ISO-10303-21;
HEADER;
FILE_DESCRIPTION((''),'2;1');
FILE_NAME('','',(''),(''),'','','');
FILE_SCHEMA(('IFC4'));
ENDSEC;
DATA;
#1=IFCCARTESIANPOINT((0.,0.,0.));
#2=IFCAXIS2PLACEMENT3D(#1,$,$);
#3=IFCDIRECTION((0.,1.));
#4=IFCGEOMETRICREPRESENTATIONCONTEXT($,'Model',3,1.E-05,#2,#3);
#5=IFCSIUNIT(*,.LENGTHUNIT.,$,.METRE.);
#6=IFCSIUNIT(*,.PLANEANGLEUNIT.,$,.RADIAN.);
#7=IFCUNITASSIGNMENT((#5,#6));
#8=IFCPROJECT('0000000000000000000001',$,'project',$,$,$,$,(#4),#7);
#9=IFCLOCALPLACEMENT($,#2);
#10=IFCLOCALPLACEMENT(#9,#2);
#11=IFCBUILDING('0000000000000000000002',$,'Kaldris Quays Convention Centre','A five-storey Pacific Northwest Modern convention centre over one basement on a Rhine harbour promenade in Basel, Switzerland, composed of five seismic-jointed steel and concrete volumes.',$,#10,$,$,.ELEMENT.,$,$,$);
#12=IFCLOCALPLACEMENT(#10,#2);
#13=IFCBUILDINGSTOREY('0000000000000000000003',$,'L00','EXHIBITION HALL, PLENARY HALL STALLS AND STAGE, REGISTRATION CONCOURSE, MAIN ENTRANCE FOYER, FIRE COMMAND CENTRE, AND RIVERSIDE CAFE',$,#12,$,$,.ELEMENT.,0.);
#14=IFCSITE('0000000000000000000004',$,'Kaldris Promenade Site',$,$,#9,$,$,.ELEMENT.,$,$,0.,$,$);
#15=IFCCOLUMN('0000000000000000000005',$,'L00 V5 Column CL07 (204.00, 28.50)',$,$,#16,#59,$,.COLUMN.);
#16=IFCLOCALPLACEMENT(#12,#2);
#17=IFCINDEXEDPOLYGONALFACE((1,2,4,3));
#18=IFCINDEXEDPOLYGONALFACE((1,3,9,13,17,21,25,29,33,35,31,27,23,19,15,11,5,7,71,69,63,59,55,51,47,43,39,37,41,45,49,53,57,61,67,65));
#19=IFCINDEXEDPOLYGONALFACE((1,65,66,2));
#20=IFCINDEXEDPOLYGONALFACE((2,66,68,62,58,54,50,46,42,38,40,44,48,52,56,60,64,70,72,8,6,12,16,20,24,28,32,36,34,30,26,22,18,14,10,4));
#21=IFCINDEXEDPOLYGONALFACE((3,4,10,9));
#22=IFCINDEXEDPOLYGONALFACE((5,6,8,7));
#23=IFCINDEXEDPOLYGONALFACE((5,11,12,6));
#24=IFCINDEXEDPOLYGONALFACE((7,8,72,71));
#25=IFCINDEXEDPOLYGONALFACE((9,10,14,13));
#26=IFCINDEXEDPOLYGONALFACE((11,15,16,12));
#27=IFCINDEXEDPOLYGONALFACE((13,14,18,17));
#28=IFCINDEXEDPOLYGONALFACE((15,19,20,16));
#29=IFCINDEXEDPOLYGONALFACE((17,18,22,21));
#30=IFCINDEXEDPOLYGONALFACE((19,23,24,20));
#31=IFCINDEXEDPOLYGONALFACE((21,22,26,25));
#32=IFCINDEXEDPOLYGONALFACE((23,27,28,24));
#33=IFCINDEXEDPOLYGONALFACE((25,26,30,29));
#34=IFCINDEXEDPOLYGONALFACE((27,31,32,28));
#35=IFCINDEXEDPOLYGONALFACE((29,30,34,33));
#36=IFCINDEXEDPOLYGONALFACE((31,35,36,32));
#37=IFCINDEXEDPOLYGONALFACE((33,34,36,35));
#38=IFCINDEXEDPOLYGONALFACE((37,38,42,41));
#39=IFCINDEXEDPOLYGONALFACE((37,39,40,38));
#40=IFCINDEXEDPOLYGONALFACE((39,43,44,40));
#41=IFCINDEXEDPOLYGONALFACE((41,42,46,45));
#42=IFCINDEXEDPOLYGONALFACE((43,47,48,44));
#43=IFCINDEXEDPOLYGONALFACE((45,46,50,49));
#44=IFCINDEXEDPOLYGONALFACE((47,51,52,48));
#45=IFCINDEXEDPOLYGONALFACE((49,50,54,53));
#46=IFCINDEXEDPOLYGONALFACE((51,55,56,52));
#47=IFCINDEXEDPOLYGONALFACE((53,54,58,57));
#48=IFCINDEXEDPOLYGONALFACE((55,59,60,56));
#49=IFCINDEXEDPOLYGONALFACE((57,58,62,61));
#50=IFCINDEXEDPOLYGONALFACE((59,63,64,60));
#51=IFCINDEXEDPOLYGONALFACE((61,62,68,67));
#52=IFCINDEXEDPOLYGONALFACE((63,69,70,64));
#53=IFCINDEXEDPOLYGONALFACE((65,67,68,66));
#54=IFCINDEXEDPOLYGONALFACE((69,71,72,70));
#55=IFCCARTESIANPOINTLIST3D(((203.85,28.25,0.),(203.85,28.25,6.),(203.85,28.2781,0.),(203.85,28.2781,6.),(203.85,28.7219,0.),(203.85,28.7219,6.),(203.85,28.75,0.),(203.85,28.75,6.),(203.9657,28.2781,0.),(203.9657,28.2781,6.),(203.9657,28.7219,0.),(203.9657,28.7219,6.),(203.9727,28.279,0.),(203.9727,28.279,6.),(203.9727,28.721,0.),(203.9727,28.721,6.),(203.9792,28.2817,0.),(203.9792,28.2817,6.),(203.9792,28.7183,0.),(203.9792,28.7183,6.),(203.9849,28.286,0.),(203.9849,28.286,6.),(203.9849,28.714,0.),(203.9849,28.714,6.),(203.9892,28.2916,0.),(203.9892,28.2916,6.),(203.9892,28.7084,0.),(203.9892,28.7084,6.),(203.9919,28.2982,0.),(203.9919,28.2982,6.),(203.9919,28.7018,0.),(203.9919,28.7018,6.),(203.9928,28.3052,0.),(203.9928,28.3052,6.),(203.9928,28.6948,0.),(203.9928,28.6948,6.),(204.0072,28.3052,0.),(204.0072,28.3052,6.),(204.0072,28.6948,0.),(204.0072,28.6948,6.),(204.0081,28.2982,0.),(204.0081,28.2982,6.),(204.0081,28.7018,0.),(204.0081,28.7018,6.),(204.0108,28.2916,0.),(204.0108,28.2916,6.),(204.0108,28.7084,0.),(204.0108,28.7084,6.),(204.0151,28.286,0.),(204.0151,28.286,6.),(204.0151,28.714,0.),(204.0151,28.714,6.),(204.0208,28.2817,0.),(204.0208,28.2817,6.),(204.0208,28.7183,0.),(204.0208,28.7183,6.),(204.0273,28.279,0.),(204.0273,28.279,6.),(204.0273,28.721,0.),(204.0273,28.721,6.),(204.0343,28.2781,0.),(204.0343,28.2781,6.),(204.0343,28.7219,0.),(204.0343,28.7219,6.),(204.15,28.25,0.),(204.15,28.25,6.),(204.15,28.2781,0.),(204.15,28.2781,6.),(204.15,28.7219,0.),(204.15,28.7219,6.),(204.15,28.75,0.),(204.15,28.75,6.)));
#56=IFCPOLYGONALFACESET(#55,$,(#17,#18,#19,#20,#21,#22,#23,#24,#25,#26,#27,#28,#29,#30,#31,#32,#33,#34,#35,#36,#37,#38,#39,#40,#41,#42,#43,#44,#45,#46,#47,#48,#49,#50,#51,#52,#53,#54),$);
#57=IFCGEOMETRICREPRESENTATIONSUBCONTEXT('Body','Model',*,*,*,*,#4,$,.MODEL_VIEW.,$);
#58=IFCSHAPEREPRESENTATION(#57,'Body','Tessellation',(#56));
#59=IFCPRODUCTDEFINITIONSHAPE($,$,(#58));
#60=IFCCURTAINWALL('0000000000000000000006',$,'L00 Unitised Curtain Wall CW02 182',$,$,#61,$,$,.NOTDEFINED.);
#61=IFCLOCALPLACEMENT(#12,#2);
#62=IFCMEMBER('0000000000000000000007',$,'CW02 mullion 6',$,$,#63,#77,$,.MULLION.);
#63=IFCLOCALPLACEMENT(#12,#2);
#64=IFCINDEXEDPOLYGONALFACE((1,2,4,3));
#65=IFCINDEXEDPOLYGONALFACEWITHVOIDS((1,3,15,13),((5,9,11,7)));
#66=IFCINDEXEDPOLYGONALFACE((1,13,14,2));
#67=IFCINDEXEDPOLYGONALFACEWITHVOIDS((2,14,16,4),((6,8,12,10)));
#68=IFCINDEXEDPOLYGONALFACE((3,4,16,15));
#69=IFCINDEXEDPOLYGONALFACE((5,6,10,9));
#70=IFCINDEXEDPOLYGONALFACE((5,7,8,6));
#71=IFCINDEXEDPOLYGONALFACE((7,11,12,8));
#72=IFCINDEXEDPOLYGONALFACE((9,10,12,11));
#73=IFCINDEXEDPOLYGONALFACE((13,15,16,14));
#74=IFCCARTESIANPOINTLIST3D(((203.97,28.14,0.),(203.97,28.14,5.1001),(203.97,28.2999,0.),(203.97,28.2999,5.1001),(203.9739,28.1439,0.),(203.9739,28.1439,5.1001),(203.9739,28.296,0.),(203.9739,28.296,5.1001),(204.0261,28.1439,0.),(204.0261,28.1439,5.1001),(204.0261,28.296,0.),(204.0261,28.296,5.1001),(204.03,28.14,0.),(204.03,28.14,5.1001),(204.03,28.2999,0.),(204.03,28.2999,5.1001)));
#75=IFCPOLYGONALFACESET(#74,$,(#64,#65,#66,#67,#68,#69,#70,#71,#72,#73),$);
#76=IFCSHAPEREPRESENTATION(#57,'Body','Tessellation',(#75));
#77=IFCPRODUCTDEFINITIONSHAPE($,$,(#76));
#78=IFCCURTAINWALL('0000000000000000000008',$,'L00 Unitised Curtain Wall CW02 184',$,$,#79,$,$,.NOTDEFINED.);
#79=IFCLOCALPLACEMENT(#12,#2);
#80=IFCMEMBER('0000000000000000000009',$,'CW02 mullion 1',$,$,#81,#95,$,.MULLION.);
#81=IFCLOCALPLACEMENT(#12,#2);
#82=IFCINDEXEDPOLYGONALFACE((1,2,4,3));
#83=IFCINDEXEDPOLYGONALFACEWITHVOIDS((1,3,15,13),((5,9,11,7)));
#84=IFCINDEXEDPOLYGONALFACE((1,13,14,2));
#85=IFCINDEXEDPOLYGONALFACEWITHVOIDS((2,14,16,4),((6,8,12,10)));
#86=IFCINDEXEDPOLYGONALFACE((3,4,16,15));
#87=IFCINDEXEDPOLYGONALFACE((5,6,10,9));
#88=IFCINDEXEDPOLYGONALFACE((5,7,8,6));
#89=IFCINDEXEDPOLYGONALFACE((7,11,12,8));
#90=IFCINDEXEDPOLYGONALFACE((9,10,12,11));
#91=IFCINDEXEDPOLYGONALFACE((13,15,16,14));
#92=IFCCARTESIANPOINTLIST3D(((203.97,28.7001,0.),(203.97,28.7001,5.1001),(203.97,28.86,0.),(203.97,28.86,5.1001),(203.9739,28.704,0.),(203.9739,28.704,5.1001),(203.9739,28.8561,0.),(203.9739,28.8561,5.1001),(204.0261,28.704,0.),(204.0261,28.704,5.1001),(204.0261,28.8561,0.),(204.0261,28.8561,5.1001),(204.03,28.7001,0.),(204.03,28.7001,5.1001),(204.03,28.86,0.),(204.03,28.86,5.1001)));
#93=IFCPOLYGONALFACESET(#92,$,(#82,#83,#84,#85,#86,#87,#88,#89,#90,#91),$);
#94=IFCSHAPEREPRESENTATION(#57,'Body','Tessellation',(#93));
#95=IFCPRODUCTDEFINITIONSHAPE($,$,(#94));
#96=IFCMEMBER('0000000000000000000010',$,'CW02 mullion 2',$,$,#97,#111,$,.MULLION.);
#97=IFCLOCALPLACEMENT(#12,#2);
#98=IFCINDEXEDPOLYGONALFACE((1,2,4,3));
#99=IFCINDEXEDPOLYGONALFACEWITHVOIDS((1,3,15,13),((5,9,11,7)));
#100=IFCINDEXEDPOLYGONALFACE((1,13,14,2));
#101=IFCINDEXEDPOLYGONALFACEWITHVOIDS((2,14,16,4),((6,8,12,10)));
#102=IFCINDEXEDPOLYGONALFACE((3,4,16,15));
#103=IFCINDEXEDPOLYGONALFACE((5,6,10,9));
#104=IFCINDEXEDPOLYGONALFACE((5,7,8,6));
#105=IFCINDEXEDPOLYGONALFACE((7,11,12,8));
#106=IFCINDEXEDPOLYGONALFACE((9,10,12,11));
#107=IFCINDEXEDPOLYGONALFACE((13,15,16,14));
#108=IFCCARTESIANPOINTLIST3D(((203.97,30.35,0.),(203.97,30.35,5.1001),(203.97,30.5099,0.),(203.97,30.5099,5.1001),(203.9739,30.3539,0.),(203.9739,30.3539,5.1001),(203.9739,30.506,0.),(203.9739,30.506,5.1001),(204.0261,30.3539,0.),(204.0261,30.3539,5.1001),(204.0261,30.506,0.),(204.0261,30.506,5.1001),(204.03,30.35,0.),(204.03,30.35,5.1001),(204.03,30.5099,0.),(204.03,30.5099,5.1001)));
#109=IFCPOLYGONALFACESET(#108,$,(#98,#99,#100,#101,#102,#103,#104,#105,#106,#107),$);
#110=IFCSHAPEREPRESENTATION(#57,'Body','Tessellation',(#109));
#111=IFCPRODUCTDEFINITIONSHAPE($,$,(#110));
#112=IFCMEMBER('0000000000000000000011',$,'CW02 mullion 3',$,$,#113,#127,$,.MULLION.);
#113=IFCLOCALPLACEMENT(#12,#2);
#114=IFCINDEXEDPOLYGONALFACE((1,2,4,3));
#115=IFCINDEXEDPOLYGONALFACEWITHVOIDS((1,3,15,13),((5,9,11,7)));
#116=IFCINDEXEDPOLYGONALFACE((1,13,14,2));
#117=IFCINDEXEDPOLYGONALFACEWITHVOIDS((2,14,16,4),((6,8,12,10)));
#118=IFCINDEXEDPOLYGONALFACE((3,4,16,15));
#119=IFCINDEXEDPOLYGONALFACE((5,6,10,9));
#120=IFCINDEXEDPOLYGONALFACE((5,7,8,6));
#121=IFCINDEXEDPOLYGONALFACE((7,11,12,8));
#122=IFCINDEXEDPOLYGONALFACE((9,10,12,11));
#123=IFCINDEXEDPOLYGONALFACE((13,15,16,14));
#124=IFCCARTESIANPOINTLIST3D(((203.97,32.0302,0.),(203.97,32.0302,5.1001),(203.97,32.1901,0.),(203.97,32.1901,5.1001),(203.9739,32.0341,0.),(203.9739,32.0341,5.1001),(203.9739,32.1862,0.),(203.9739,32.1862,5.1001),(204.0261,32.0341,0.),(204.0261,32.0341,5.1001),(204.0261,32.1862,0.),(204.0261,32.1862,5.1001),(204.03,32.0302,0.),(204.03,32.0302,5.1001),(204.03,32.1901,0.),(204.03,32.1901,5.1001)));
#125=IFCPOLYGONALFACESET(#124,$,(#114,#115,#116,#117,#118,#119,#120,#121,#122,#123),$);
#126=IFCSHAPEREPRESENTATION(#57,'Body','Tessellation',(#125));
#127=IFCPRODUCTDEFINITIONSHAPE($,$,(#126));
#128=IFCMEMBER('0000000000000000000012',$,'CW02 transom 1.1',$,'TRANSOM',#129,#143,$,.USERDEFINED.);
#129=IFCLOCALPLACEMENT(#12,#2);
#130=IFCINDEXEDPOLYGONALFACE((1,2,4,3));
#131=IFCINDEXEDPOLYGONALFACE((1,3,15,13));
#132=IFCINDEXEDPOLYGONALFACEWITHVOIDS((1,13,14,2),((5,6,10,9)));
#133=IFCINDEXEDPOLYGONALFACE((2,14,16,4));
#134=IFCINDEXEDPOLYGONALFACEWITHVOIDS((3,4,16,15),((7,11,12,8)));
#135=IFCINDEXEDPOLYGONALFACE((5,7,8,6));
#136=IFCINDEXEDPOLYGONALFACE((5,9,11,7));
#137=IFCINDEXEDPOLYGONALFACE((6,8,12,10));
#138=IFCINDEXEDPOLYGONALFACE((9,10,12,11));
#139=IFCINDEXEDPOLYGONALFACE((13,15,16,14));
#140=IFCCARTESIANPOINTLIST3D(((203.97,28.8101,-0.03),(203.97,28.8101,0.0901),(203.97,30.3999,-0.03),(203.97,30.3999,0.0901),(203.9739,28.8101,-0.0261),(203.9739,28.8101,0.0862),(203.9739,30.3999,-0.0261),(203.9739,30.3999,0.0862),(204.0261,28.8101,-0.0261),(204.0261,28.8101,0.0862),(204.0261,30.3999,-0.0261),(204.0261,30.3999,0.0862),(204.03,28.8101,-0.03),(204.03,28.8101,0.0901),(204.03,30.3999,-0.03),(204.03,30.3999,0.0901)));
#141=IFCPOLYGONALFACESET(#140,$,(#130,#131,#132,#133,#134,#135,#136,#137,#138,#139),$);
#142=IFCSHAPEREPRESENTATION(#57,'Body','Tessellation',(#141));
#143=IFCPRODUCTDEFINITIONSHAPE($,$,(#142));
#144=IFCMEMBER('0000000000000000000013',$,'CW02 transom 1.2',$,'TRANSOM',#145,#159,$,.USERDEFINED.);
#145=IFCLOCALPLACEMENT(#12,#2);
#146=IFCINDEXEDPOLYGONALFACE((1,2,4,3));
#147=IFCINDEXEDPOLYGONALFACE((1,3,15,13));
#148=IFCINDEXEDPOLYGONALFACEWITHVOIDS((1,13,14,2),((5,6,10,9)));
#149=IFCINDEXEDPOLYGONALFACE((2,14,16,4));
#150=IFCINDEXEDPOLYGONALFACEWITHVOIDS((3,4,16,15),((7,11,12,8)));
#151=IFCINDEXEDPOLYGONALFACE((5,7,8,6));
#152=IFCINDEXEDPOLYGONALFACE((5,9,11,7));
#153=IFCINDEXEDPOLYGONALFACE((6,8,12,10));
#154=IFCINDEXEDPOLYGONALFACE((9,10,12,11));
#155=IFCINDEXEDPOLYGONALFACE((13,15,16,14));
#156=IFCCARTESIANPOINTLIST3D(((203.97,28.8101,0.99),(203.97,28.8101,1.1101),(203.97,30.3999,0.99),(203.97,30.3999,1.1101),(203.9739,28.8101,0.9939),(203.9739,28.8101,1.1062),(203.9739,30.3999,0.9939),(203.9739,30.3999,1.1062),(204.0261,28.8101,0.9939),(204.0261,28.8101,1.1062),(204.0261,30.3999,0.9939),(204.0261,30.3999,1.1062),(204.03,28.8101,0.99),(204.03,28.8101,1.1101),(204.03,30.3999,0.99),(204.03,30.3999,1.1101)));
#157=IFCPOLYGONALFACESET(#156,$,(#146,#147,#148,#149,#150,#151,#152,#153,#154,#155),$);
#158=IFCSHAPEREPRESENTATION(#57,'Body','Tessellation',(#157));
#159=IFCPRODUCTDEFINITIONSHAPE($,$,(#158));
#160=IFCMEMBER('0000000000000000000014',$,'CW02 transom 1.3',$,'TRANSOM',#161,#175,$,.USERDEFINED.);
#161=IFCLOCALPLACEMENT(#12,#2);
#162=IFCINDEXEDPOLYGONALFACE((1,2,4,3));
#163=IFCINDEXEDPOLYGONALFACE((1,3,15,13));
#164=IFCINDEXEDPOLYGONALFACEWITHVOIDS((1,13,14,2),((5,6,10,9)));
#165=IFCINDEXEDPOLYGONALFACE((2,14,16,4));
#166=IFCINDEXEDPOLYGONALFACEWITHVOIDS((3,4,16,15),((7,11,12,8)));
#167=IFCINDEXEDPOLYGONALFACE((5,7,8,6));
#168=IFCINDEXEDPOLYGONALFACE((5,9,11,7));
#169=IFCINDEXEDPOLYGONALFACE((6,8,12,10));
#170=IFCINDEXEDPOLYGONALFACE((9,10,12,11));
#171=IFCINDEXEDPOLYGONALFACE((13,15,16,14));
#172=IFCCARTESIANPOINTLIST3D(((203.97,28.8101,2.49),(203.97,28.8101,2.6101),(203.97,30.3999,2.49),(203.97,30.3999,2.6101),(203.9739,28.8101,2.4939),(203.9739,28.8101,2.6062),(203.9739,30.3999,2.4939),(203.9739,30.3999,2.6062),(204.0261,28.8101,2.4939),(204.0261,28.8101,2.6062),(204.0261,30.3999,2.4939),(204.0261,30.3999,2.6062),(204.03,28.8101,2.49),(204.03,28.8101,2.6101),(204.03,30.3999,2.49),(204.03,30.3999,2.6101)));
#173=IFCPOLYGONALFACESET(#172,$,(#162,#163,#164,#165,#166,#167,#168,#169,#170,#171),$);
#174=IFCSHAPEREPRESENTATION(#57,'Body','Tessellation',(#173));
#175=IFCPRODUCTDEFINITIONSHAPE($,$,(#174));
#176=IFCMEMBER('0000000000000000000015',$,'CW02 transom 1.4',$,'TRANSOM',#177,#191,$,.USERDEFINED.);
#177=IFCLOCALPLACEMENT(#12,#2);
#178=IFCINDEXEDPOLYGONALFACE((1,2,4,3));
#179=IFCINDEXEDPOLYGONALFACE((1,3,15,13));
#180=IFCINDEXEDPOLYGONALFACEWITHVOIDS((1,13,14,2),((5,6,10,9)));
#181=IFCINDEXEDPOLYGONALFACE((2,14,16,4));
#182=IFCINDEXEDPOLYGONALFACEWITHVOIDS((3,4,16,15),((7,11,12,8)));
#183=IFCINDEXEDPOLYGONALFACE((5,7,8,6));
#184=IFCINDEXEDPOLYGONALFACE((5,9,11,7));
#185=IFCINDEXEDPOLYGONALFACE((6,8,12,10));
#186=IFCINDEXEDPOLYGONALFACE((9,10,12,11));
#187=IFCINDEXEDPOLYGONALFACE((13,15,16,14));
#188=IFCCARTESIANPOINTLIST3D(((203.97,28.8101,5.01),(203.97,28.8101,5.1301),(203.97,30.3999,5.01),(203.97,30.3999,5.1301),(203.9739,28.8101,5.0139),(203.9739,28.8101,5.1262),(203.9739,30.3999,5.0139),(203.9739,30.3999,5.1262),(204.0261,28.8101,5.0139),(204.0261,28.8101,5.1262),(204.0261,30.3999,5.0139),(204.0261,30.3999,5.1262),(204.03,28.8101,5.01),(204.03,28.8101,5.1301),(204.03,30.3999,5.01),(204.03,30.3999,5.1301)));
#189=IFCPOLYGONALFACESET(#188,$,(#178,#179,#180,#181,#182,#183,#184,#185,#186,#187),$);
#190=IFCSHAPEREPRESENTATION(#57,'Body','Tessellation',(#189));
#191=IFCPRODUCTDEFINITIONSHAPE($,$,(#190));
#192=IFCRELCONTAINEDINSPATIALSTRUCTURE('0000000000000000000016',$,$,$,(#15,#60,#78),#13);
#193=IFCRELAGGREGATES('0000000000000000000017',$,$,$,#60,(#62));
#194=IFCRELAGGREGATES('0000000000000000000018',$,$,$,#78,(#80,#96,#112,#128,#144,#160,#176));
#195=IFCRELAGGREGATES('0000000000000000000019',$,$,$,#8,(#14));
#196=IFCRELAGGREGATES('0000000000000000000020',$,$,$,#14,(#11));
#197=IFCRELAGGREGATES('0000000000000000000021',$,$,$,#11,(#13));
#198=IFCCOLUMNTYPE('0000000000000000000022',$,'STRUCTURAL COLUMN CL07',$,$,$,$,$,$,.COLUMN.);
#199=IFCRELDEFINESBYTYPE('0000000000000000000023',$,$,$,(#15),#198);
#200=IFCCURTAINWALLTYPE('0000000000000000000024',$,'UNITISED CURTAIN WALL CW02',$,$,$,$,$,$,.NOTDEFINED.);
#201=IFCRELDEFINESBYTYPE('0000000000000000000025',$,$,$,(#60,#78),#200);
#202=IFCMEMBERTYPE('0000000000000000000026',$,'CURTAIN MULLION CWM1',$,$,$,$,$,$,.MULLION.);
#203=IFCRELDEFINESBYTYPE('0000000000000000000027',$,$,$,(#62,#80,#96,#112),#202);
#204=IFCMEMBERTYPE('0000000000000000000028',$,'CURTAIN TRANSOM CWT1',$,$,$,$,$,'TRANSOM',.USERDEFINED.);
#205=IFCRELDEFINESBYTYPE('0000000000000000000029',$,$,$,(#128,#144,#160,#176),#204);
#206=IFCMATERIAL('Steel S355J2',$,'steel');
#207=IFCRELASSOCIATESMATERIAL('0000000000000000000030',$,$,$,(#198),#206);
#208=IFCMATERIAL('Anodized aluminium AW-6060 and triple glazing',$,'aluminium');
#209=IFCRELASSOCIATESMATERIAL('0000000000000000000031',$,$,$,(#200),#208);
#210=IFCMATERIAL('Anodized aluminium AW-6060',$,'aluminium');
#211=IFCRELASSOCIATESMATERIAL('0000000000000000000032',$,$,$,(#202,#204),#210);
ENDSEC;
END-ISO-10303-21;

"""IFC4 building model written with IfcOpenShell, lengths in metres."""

from ifc_helpers import new_model, si_unit, direction, frame, origin, origin_2d, place, context, subcontext, project, spatial, hollow_rectangle, i_section, extrude, material, material_profile, profile_set, type_object, element, aggregate, save


model = new_model("IFC4")

# Units and contexts
model_context = context("Model", 3, precision=1e-05, world=origin(), true_north=direction((0.0, 1.0)))
body_context = subcontext(model_context, "Body", "Model", "MODEL_VIEW")
ifc_project = project(units=[si_unit("LENGTHUNIT", "METRE"), si_unit("PLANEANGLEUNIT", "RADIAN")], contexts=[model_context])

# Site, building, storey
site_placement = place(None, origin())
site = spatial("IfcSite", under=ifc_project, at=site_placement, Name="Kaldris Promenade Site", CompositionType="ELEMENT", RefElevation=0.0)
building_placement = place(site_placement, origin())
building = spatial("IfcBuilding", under=site, at=building_placement, Name="Kaldris Quays Convention Centre", Description="A five-storey Pacific Northwest Modern convention centre over one basement on a Rhine harbour promenade in Basel, Switzerland, composed of five seismic-jointed steel and concrete volumes.", CompositionType="ELEMENT")
storey_placement = place(building_placement, origin())
storey = spatial("IfcBuildingStorey", under=building, at=storey_placement, Name="L00", Description="EXHIBITION HALL, PLENARY HALL STALLS AND STAGE, REGISTRATION CONCOURSE, MAIN ENTRANCE FOYER, FIRE COMMAND CENTRE, AND RIVERSIDE CAFE", CompositionType="ELEMENT", Elevation=0.0)

# Column
ifc_material_1 = material(Name="Steel S355J2", Category="steel")
ifc_material_profile_1 = material_profile(ifc_material_1, i_section(OverallWidth=0.3, OverallDepth=0.5, WebThickness=0.0144, FlangeThickness=0.0281, FilletRadius=0.0271, at=origin_2d()), Name="HEB 500")
ifc_profile_set_1 = profile_set([ifc_material_profile_1], Name="Steel S355J2")
column_type = type_object("IfcColumnType", Name="STRUCTURAL COLUMN CL07", PredefinedType="COLUMN", material=ifc_profile_set_1)
column_placement = place(storey_placement, frame((204.0, 28.5, 0.0), z_axis=(0.0, 0.0, 1.0), x_axis=(1.0, 0.0, 0.0)))
element("IfcColumn", 1, at=column_placement, inside=storey, type_object=column_type, Name="L00 V5 Column CL07 (204.00, 28.50)", PredefinedType="COLUMN", context=body_context, shape_type="SweptSolid", body=[
    extrude(i_section(OverallWidth=0.3, OverallDepth=0.5, WebThickness=0.0144, FlangeThickness=0.0281, FilletRadius=0.0271, at=origin_2d()), origin(), (0.0, 0.0, 1.0), 6.0),
])

# Curtain wall, member
ifc_material_2 = material(Name="Anodized aluminium AW-6060 and triple glazing", Category="aluminium")
curtain_wall_type = type_object("IfcCurtainWallType", Name="UNITISED CURTAIN WALL CW02", PredefinedType="NOTDEFINED", material=ifc_material_2)
curtain_wall_1_placement = place(storey_placement, origin())
curtain_wall_1 = element("IfcCurtainWall", 2, at=curtain_wall_1_placement, inside=storey, type_object=curtain_wall_type, Name="L00 Unitised Curtain Wall CW02 182", PredefinedType="NOTDEFINED")
ifc_material_3 = material(Name="Anodized aluminium AW-6060", Category="aluminium")
ifc_material_profile_2 = material_profile(ifc_material_3, hollow_rectangle(XDim=0.0601, YDim=0.1599, WallThickness=0.0039, at=origin_2d()), Name="RHS 160x60x4")
ifc_profile_set_2 = profile_set([ifc_material_profile_2], Name="Anodized aluminium AW-6060")
member_type_1 = type_object("IfcMemberType", Name="CURTAIN MULLION CWM1", PredefinedType="MULLION", material=ifc_profile_set_2)
member_1_placement = place(storey_placement, frame((204.0, 28.22, 0.0), z_axis=(0.0, 0.0, 1.0), x_axis=(-1.0, 0.0, 0.0)))
member_1 = element("IfcMember", 3, at=member_1_placement, type_object=member_type_1, Name="CW02 mullion 6", PredefinedType="MULLION", context=body_context, shape_type="SweptSolid", body=[
    extrude(hollow_rectangle(XDim=0.0601, YDim=0.1599, WallThickness=0.0039, at=origin_2d()), origin(), (0.0, 0.0, 1.0), 5.1001),
])

# Curtain wall, members
curtain_wall_2_placement = place(storey_placement, origin())
curtain_wall_2 = element("IfcCurtainWall", 4, at=curtain_wall_2_placement, inside=storey, type_object=curtain_wall_type, Name="L00 Unitised Curtain Wall CW02 184", PredefinedType="NOTDEFINED")
member_2_placement = place(storey_placement, frame((204.0, 28.78, 0.0), z_axis=(0.0, 0.0, 1.0), x_axis=(-1.0, 0.0, 0.0)))
member_2 = element("IfcMember", 5, at=member_2_placement, type_object=member_type_1, Name="CW02 mullion 1", PredefinedType="MULLION", context=body_context, shape_type="SweptSolid", body=[
    extrude(hollow_rectangle(XDim=0.0601, YDim=0.1599, WallThickness=0.0039, at=origin_2d()), origin(), (0.0, 0.0, 1.0), 5.1001),
])
member_3_placement = place(storey_placement, frame((204.0, 30.4299, 0.0), z_axis=(0.0, 0.0, 1.0), x_axis=(-1.0, 0.0, 0.0)))
member_3 = element("IfcMember", 6, at=member_3_placement, type_object=member_type_1, Name="CW02 mullion 2", PredefinedType="MULLION", context=body_context, shape_type="SweptSolid", body=[
    extrude(hollow_rectangle(XDim=0.0601, YDim=0.1599, WallThickness=0.0039, at=origin_2d()), origin(), (0.0, 0.0, 1.0), 5.1001),
])
member_4_placement = place(storey_placement, frame((204.0, 32.1101, 0.0), z_axis=(0.0, 0.0, 1.0), x_axis=(-1.0, 0.0, 0.0)))
member_4 = element("IfcMember", 7, at=member_4_placement, type_object=member_type_1, Name="CW02 mullion 3", PredefinedType="MULLION", context=body_context, shape_type="SweptSolid", body=[
    extrude(hollow_rectangle(XDim=0.0601, YDim=0.1599, WallThickness=0.0039, at=origin_2d()), origin(), (0.0, 0.0, 1.0), 5.1001),
])
ifc_material_profile_3 = material_profile(ifc_material_3, hollow_rectangle(XDim=0.0601, YDim=0.1201, WallThickness=0.0039, at=origin_2d()), Name="RHS 120x60x4")
ifc_profile_set_3 = profile_set([ifc_material_profile_3], Name="Anodized aluminium AW-6060")
member_type_2 = type_object("IfcMemberType", Name="CURTAIN TRANSOM CWT1", ElementType="TRANSOM", PredefinedType="USERDEFINED", material=ifc_profile_set_3)
member_5_placement = place(storey_placement, frame((204.0, 28.8101, 0.03), z_axis=(0.0, 1.0, 0.0), x_axis=(-1.0, 0.0, 0.0)))
member_5 = element("IfcMember", 8, at=member_5_placement, type_object=member_type_2, Name="CW02 transom 1.1", ObjectType="TRANSOM", PredefinedType="USERDEFINED", context=body_context, shape_type="SweptSolid", body=[
    extrude(hollow_rectangle(XDim=0.0601, YDim=0.1201, WallThickness=0.0039, at=origin_2d()), origin(), (0.0, 0.0, 1.0), 1.5898),
])
member_6_placement = place(storey_placement, frame((204.0, 28.8101, 1.05), z_axis=(0.0, 1.0, 0.0), x_axis=(-1.0, 0.0, 0.0)))
member_6 = element("IfcMember", 9, at=member_6_placement, type_object=member_type_2, Name="CW02 transom 1.2", ObjectType="TRANSOM", PredefinedType="USERDEFINED", context=body_context, shape_type="SweptSolid", body=[
    extrude(hollow_rectangle(XDim=0.0601, YDim=0.1201, WallThickness=0.0039, at=origin_2d()), origin(), (0.0, 0.0, 1.0), 1.5898),
])
member_7_placement = place(storey_placement, frame((204.0, 28.8101, 2.55), z_axis=(0.0, 1.0, 0.0), x_axis=(-1.0, 0.0, 0.0)))
member_7 = element("IfcMember", 10, at=member_7_placement, type_object=member_type_2, Name="CW02 transom 1.3", ObjectType="TRANSOM", PredefinedType="USERDEFINED", context=body_context, shape_type="SweptSolid", body=[
    extrude(hollow_rectangle(XDim=0.0601, YDim=0.1201, WallThickness=0.0039, at=origin_2d()), origin(), (0.0, 0.0, 1.0), 1.5898),
])
member_8_placement = place(storey_placement, frame((204.0, 28.8101, 5.0701), z_axis=(0.0, 1.0, 0.0), x_axis=(-1.0, 0.0, 0.0)))
member_8 = element("IfcMember", 11, at=member_8_placement, type_object=member_type_2, Name="CW02 transom 1.4", ObjectType="TRANSOM", PredefinedType="USERDEFINED", context=body_context, shape_type="SweptSolid", body=[
    extrude(hollow_rectangle(XDim=0.0601, YDim=0.1201, WallThickness=0.0039, at=origin_2d()), origin(), (0.0, 0.0, 1.0), 1.5898),
])

aggregate(curtain_wall_1, [member_1])
aggregate(curtain_wall_2, [member_2, member_3, member_4, member_5, member_6, member_7, member_8])

save(model, "model.ifc")
